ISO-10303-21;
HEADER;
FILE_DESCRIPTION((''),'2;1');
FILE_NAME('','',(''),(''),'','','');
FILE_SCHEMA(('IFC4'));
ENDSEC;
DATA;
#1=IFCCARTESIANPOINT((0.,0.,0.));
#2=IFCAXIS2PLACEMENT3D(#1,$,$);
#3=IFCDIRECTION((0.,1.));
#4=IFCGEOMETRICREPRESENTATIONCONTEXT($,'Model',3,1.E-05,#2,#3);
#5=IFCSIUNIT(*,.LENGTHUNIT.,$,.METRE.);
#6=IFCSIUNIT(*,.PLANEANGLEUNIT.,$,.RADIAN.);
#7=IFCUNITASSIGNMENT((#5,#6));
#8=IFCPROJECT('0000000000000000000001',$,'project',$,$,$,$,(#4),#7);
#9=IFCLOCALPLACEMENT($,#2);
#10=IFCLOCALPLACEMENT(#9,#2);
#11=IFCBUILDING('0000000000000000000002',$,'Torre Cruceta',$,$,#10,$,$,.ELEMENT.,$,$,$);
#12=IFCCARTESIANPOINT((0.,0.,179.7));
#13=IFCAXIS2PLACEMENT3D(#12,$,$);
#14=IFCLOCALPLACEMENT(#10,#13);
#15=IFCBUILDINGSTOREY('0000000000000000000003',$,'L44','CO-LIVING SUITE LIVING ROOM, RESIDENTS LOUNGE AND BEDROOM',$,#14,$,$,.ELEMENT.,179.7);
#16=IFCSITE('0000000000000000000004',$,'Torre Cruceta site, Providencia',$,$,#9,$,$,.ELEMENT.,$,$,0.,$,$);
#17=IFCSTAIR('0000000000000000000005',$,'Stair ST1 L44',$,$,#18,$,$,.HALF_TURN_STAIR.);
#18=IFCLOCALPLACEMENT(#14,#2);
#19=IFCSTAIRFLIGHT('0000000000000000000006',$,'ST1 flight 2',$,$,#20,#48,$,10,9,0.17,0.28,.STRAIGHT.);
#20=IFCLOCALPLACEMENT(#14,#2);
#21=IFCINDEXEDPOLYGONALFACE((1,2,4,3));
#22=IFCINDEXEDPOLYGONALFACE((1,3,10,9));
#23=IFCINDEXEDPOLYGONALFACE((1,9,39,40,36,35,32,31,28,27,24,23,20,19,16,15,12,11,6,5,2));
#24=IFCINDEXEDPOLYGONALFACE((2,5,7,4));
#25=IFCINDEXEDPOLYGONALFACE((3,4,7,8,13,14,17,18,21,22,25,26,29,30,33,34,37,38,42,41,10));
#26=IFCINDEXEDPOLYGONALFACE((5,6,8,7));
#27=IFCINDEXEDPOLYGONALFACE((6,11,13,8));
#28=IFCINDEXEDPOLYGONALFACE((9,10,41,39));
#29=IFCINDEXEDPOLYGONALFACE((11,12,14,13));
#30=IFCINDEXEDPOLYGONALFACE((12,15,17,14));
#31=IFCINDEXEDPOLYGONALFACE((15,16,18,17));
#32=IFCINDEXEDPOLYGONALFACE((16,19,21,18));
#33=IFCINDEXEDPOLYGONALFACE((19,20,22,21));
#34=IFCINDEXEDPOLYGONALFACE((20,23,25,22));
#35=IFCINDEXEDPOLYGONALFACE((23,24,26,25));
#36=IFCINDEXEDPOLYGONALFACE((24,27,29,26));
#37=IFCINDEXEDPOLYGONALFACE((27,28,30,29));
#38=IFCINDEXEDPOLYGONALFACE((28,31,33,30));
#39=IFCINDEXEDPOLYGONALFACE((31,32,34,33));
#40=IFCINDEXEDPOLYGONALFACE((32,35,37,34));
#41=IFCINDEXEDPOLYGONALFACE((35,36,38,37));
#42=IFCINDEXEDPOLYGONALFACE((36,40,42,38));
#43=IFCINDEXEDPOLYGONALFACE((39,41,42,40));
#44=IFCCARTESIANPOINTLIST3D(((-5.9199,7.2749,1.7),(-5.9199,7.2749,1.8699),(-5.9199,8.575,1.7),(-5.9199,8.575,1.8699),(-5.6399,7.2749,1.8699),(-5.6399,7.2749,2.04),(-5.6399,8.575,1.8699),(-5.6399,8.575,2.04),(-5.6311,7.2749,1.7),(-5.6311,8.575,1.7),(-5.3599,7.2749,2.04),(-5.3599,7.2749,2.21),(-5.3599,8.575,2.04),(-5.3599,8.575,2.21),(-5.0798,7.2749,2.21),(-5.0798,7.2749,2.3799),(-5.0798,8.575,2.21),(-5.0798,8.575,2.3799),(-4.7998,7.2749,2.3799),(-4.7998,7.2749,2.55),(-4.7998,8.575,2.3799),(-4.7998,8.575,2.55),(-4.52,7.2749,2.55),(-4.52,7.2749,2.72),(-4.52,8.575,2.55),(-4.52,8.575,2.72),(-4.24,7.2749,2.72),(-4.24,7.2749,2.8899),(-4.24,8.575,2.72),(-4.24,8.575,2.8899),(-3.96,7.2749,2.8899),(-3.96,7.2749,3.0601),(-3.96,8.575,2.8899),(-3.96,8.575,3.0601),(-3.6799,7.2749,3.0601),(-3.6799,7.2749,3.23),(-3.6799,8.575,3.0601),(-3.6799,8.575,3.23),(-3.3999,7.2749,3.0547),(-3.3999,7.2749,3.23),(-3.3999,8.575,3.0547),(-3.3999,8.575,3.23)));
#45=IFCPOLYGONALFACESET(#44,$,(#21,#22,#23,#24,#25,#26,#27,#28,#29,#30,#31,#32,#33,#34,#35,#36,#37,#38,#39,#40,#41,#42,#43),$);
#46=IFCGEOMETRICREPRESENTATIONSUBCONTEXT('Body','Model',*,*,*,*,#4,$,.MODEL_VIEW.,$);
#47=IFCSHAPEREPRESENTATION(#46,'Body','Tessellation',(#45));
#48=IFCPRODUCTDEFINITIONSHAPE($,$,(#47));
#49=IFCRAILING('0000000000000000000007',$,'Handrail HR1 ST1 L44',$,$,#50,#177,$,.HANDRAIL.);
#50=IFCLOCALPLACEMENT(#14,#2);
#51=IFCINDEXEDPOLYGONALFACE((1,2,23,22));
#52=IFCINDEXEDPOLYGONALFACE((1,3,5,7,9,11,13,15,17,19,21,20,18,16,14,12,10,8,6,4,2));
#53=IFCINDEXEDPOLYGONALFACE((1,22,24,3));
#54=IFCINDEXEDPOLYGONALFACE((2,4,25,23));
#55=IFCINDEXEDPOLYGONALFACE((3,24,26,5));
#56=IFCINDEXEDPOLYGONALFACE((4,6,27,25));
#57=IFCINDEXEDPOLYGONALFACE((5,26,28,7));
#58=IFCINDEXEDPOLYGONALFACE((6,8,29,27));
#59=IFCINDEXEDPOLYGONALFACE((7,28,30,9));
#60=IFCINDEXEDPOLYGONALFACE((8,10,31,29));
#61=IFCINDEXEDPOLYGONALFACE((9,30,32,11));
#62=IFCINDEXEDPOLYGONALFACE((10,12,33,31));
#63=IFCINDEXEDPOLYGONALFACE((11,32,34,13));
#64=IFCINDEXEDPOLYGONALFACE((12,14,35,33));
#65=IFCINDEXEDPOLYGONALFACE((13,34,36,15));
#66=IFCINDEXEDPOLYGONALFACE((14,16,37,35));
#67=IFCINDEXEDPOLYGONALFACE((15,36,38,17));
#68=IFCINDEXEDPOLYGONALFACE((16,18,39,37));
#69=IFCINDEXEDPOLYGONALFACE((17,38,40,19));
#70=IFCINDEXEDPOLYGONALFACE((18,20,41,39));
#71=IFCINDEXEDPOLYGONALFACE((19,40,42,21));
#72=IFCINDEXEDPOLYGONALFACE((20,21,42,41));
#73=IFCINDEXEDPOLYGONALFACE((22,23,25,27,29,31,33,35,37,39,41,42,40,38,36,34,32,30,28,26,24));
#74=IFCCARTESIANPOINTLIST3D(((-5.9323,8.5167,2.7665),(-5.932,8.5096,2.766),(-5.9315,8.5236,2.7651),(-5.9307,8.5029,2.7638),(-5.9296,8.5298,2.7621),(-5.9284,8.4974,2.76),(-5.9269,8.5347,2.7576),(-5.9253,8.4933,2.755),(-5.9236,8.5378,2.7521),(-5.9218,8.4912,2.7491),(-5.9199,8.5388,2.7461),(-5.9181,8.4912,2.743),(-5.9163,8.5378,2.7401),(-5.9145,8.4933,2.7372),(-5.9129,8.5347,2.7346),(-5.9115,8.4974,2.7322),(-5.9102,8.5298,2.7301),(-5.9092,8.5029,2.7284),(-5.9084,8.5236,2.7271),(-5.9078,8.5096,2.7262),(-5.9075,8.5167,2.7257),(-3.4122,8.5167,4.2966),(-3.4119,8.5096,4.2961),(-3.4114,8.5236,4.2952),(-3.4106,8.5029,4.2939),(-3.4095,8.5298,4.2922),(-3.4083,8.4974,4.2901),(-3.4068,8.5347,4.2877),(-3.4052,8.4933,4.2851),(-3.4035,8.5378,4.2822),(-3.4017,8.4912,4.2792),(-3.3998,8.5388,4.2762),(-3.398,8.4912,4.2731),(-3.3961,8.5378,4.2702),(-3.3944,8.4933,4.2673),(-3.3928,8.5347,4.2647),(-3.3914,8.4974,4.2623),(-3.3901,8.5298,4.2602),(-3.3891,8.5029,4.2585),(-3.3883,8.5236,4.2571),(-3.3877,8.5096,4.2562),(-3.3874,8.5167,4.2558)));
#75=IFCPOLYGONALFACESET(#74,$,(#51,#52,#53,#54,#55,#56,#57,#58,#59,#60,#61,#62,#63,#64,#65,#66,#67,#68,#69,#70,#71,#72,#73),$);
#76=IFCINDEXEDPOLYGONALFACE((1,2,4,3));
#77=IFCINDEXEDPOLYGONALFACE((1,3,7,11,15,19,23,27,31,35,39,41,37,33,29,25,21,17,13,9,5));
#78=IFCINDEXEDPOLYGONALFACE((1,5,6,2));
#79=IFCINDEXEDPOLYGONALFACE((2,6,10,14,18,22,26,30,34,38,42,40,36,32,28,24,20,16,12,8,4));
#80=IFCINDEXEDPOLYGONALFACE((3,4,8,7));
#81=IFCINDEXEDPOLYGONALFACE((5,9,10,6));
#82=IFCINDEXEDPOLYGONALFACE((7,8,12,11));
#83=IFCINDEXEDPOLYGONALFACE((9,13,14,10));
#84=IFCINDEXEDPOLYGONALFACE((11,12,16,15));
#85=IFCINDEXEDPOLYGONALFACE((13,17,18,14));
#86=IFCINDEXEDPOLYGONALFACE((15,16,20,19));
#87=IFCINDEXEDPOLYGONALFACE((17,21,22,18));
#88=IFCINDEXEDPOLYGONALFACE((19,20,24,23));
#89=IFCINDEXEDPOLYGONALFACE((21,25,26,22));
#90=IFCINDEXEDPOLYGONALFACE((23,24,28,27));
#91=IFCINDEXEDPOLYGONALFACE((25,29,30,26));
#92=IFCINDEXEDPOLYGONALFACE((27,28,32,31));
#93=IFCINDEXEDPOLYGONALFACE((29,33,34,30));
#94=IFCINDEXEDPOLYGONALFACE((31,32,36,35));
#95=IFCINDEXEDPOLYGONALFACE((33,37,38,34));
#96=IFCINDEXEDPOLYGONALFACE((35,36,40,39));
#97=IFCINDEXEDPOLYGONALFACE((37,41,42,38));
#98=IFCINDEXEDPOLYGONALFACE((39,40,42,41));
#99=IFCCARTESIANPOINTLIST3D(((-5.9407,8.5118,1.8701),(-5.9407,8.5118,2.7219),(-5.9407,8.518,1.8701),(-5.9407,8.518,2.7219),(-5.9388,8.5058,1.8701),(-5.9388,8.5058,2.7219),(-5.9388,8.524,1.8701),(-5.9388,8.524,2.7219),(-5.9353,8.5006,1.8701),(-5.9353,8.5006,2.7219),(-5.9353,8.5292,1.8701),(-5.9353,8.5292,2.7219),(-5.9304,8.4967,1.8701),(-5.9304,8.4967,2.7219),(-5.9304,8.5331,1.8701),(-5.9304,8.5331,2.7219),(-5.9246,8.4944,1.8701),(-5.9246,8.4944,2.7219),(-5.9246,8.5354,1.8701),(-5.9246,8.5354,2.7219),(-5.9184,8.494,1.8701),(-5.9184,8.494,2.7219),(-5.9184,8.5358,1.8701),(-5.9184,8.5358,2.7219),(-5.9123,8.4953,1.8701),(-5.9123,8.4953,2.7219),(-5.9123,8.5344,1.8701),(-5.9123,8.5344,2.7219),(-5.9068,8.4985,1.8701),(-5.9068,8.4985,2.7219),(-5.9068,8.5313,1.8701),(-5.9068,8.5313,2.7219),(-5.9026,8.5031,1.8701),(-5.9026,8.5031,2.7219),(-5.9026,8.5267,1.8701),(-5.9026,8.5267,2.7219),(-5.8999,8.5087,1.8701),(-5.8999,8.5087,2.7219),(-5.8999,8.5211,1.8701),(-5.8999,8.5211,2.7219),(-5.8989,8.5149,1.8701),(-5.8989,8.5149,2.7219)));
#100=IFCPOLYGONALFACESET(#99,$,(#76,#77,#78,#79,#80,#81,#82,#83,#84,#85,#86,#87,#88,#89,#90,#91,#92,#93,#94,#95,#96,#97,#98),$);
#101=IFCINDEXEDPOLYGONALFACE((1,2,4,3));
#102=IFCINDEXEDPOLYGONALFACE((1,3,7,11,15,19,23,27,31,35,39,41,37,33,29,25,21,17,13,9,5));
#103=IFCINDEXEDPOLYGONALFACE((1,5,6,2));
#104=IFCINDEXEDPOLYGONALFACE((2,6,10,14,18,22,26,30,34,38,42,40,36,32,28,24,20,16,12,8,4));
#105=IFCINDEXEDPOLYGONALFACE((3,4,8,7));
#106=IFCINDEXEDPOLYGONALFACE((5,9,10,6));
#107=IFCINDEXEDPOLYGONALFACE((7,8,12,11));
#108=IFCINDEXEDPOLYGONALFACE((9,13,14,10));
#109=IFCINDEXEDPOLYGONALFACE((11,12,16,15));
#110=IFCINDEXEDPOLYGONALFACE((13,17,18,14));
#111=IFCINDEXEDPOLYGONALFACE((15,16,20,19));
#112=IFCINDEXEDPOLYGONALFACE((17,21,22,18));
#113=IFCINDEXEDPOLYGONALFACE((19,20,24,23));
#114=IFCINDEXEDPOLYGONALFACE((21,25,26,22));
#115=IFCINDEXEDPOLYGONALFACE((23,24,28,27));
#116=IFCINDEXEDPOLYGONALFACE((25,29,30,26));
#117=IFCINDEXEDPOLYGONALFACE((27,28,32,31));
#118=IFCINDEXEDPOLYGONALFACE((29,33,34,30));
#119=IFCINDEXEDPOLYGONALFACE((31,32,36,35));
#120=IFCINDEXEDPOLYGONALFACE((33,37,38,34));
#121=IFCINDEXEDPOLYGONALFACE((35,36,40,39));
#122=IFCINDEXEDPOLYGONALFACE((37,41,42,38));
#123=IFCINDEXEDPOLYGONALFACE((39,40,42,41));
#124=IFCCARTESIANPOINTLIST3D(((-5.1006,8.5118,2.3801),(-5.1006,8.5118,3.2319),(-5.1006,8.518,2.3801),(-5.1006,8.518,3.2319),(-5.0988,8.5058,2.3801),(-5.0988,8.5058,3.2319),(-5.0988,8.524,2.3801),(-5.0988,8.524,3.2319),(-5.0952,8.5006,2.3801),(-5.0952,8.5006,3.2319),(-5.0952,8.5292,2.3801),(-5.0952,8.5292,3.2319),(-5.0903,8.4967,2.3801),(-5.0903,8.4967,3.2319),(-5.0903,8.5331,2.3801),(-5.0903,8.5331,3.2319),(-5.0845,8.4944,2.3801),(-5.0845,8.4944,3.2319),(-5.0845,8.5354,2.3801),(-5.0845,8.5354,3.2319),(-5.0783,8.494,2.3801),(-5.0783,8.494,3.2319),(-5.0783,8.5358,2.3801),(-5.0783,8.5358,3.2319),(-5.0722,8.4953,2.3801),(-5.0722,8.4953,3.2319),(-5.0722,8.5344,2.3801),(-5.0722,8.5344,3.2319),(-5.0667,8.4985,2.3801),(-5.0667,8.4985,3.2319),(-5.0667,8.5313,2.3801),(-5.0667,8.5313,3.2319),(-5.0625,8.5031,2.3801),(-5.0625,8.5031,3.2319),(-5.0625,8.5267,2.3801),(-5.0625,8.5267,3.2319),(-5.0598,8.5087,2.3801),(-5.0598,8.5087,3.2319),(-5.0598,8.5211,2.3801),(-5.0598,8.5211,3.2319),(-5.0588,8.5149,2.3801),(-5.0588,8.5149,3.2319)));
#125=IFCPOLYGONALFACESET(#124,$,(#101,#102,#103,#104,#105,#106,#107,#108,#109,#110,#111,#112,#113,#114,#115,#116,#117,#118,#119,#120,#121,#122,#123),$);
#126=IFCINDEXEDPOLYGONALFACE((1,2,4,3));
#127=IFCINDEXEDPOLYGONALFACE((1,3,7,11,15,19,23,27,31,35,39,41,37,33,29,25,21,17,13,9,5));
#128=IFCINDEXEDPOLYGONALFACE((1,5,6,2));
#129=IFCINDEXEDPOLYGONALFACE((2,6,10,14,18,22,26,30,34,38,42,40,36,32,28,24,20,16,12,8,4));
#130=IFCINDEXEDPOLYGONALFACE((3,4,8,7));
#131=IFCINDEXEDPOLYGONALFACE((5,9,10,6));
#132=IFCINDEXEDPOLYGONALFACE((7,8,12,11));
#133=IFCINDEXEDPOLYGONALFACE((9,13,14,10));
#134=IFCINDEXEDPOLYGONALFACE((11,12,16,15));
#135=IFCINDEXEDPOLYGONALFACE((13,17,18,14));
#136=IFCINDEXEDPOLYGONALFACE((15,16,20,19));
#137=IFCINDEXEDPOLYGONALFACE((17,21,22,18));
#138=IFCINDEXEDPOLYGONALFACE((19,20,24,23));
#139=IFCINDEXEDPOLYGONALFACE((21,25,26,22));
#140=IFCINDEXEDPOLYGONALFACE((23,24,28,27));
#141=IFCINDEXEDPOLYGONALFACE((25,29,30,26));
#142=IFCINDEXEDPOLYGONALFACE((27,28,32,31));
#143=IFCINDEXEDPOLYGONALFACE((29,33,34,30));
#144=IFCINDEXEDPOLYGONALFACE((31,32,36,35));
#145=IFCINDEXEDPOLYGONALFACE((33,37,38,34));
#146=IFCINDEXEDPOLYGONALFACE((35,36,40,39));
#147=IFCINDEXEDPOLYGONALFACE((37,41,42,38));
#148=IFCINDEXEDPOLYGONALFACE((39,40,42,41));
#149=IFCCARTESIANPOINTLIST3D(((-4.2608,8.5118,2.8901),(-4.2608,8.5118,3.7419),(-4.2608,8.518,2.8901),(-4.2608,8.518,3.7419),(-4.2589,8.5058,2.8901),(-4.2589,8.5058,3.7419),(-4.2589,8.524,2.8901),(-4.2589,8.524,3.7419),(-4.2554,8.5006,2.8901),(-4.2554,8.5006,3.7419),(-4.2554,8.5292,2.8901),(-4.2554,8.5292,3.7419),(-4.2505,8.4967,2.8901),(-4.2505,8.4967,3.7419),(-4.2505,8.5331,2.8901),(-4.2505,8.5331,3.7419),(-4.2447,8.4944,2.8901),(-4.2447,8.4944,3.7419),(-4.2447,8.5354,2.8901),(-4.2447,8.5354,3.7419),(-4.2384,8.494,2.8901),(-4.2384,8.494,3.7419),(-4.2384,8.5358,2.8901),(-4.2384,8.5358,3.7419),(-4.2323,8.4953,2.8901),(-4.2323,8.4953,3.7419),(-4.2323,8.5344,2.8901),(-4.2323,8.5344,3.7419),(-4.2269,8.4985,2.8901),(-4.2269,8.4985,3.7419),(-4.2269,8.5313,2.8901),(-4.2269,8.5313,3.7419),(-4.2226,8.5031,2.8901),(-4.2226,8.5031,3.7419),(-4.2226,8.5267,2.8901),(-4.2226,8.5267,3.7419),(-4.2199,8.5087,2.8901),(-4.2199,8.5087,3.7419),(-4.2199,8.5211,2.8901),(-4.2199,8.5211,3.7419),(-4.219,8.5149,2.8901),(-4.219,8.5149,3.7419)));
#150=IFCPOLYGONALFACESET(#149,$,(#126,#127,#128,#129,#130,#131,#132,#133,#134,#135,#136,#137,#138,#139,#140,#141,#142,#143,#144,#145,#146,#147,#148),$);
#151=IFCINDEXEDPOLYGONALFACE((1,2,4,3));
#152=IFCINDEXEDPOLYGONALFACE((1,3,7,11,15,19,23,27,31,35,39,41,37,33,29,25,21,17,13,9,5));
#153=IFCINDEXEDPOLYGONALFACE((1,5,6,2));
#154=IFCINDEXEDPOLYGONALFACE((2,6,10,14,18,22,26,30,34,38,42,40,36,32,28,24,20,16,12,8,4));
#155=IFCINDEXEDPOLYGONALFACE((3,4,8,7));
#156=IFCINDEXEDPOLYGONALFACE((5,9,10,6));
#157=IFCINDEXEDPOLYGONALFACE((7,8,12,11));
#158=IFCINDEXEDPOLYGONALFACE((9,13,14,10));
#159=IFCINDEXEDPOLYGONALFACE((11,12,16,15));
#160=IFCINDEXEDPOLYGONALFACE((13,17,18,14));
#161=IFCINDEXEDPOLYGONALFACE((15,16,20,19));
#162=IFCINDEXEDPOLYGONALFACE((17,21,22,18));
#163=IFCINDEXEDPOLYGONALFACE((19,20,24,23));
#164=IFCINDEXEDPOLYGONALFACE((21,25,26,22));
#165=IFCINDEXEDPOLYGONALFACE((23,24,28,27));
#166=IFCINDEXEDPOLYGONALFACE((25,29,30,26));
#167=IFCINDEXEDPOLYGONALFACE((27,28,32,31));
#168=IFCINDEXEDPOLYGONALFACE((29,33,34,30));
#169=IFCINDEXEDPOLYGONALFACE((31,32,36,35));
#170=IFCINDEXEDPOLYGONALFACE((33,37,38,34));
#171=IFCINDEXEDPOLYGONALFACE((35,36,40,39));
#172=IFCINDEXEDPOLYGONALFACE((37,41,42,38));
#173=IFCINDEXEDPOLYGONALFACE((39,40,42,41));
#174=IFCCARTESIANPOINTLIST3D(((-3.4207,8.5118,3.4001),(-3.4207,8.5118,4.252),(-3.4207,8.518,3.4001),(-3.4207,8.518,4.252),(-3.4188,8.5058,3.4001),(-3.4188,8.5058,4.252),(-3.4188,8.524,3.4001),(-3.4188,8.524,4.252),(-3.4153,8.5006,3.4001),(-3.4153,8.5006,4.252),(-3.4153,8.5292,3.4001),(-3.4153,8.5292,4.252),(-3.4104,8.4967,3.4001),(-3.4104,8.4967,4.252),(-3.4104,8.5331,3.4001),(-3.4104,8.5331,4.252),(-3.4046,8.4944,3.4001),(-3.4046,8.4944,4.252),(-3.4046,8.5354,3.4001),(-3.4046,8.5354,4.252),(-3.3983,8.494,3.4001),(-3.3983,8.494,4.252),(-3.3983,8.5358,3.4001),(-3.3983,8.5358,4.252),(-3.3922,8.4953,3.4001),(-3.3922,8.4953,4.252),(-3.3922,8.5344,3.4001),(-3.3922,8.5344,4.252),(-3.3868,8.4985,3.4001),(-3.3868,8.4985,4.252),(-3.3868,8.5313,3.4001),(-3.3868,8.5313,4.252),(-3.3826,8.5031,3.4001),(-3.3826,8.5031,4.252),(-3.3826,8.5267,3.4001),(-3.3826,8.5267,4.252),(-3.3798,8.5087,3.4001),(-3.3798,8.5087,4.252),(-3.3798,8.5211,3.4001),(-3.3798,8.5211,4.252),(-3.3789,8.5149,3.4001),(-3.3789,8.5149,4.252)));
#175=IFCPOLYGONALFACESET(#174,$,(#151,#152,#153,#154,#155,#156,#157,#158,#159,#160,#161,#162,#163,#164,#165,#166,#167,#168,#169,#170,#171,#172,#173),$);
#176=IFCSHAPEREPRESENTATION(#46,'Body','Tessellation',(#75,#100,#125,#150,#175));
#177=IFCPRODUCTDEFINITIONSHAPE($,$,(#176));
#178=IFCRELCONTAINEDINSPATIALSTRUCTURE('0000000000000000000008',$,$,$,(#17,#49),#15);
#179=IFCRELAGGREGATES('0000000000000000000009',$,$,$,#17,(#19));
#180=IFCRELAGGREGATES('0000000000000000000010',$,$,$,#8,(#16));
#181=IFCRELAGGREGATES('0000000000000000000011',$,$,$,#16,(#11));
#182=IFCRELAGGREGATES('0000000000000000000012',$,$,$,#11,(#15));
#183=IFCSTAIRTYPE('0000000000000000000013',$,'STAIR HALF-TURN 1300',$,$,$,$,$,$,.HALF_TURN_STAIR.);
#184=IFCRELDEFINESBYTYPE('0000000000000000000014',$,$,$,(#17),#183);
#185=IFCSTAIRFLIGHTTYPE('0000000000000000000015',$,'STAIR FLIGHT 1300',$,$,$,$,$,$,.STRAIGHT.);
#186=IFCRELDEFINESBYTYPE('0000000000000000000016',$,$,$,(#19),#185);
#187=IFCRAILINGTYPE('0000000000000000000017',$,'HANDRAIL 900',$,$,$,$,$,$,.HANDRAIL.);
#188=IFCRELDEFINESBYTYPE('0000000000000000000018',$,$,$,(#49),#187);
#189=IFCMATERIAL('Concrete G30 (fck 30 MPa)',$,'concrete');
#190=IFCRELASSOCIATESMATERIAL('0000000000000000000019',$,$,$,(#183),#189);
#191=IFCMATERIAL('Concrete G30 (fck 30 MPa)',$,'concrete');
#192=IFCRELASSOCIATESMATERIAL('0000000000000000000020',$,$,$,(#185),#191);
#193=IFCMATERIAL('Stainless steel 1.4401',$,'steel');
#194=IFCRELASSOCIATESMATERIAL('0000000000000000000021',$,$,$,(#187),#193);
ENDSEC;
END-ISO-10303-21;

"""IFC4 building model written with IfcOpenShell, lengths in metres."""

from ifc_helpers import new_model, si_unit, direction, frame, origin, origin_2d, place, context, subcontext, project, spatial, polyline, circle, outline, extrude, material, type_object, element, aggregate, save


model = new_model("IFC4")

# Units and contexts
model_context = context("Model", 3, precision=1e-05, world=origin(), true_north=direction((0.0, 1.0)))
body_context = subcontext(model_context, "Body", "Model", "MODEL_VIEW")
ifc_project = project(units=[si_unit("LENGTHUNIT", "METRE"), si_unit("PLANEANGLEUNIT", "RADIAN")], contexts=[model_context])

# Site, building, storey
site_placement = place(None, origin())
site = spatial("IfcSite", under=ifc_project, at=site_placement, Name="Torre Cruceta site, Providencia", CompositionType="ELEMENT", RefElevation=0.0)
building_placement = place(site_placement, origin())
building = spatial("IfcBuilding", under=site, at=building_placement, Name="Torre Cruceta", CompositionType="ELEMENT")
storey_placement = place(building_placement, frame((0.0, 0.0, 179.7)))
storey = spatial("IfcBuildingStorey", under=building, at=storey_placement, Name="L44", Description="CO-LIVING SUITE LIVING ROOM, RESIDENTS LOUNGE AND BEDROOM", CompositionType="ELEMENT", Elevation=179.7)

# Stair, stair flight
ifc_material_1 = material(Name="Concrete G30 (fck 30 MPa)", Category="concrete")
stair_type = type_object("IfcStairType", Name="STAIR HALF-TURN 1300", PredefinedType="HALF_TURN_STAIR", material=ifc_material_1)
stair_placement = place(storey_placement, origin())
stair = element("IfcStair", 1, at=stair_placement, inside=storey, type_object=stair_type, Name="Stair ST1 L44", PredefinedType="HALF_TURN_STAIR")
ifc_material_2 = material(Name="Concrete G30 (fck 30 MPa)", Category="concrete")
stair_flight_type = type_object("IfcStairFlightType", Name="STAIR FLIGHT 1300", PredefinedType="STRAIGHT", material=ifc_material_2)
stair_flight_1_placement = place(storey_placement, frame((-5.9199, 7.925, 1.7), z_axis=(0.0, 0.0, 1.0), x_axis=(1.0, 0.0, 0.0)))
stair_flight_1 = element("IfcStairFlight", 2, at=stair_flight_1_placement, type_object=stair_flight_type, Name="ST1 flight 2", NumberOfRisers=10, NumberOfTreads=9, PredefinedType="STRAIGHT", RiserHeight=0.17, TreadLength=0.28, context=body_context, shape_type="SweptSolid", body=[
    extrude(outline(polyline([(0.0, 0.0), (0.0, 0.1699), (0.28, 0.1699), (0.28, 0.3401), (0.5601, 0.3401), (0.5601, 0.51), (0.8401, 0.51), (0.8401, 0.6799), (1.1201, 0.6799), (1.1201, 0.8501), (1.3999, 0.8501), (1.3999, 1.02), (1.6799, 1.02), (1.6799, 1.1899), (1.96, 1.1899), (1.96, 1.3601), (2.24, 1.3601), (2.24, 1.53), (2.52, 1.53), (2.52, 1.7), (2.52, 1.3547), (0.2888, 0.0), (0.0, 0.0)])), frame((0.0, 0.6499, 0.0), z_axis=(0.0, -1.0, 0.0), x_axis=(1.0, 0.0, 0.0)), (0.0, 0.0, 1.0), 1.3),
])
aggregate(stair, [stair_flight_1])

# Railing
ifc_material_3 = material(Name="Stainless steel 1.4401", Category="steel")
railing_type = type_object("IfcRailingType", Name="HANDRAIL 900", PredefinedType="HANDRAIL", material=ifc_material_3)
railing_1_placement = place(storey_placement, frame((-5.9199, 8.5149, 1.8701)))
element("IfcRailing", 3, at=railing_1_placement, inside=storey, type_object=railing_type, Name="Handrail HR1 ST1 L44", PredefinedType="HANDRAIL", context=body_context, shape_type="SweptSolid", body=[
    extrude(circle(Radius=0.0239, at=origin_2d()), frame((0.0, 0.0, 0.876), z_axis=(0.854785, 0.0, 0.518982), x_axis=(0.0, 1.0, 0.0)), (0.0, 0.0, 1.0), 2.9482),
    extrude(circle(Radius=0.021, at=origin_2d()), origin(), (0.0, 0.0, 1.0), 0.8518),
    extrude(circle(Radius=0.021, at=origin_2d()), frame((0.8401, 0.0, 0.51)), (0.0, 0.0, 1.0), 0.8518),
    extrude(circle(Radius=0.021, at=origin_2d()), frame((1.6799, 0.0, 1.02)), (0.0, 0.0, 1.0), 0.8518),
    extrude(circle(Radius=0.021, at=origin_2d()), frame((2.52, 0.0, 1.53)), (0.0, 0.0, 1.0), 0.8518),
])

save(model, "model.ifc")
